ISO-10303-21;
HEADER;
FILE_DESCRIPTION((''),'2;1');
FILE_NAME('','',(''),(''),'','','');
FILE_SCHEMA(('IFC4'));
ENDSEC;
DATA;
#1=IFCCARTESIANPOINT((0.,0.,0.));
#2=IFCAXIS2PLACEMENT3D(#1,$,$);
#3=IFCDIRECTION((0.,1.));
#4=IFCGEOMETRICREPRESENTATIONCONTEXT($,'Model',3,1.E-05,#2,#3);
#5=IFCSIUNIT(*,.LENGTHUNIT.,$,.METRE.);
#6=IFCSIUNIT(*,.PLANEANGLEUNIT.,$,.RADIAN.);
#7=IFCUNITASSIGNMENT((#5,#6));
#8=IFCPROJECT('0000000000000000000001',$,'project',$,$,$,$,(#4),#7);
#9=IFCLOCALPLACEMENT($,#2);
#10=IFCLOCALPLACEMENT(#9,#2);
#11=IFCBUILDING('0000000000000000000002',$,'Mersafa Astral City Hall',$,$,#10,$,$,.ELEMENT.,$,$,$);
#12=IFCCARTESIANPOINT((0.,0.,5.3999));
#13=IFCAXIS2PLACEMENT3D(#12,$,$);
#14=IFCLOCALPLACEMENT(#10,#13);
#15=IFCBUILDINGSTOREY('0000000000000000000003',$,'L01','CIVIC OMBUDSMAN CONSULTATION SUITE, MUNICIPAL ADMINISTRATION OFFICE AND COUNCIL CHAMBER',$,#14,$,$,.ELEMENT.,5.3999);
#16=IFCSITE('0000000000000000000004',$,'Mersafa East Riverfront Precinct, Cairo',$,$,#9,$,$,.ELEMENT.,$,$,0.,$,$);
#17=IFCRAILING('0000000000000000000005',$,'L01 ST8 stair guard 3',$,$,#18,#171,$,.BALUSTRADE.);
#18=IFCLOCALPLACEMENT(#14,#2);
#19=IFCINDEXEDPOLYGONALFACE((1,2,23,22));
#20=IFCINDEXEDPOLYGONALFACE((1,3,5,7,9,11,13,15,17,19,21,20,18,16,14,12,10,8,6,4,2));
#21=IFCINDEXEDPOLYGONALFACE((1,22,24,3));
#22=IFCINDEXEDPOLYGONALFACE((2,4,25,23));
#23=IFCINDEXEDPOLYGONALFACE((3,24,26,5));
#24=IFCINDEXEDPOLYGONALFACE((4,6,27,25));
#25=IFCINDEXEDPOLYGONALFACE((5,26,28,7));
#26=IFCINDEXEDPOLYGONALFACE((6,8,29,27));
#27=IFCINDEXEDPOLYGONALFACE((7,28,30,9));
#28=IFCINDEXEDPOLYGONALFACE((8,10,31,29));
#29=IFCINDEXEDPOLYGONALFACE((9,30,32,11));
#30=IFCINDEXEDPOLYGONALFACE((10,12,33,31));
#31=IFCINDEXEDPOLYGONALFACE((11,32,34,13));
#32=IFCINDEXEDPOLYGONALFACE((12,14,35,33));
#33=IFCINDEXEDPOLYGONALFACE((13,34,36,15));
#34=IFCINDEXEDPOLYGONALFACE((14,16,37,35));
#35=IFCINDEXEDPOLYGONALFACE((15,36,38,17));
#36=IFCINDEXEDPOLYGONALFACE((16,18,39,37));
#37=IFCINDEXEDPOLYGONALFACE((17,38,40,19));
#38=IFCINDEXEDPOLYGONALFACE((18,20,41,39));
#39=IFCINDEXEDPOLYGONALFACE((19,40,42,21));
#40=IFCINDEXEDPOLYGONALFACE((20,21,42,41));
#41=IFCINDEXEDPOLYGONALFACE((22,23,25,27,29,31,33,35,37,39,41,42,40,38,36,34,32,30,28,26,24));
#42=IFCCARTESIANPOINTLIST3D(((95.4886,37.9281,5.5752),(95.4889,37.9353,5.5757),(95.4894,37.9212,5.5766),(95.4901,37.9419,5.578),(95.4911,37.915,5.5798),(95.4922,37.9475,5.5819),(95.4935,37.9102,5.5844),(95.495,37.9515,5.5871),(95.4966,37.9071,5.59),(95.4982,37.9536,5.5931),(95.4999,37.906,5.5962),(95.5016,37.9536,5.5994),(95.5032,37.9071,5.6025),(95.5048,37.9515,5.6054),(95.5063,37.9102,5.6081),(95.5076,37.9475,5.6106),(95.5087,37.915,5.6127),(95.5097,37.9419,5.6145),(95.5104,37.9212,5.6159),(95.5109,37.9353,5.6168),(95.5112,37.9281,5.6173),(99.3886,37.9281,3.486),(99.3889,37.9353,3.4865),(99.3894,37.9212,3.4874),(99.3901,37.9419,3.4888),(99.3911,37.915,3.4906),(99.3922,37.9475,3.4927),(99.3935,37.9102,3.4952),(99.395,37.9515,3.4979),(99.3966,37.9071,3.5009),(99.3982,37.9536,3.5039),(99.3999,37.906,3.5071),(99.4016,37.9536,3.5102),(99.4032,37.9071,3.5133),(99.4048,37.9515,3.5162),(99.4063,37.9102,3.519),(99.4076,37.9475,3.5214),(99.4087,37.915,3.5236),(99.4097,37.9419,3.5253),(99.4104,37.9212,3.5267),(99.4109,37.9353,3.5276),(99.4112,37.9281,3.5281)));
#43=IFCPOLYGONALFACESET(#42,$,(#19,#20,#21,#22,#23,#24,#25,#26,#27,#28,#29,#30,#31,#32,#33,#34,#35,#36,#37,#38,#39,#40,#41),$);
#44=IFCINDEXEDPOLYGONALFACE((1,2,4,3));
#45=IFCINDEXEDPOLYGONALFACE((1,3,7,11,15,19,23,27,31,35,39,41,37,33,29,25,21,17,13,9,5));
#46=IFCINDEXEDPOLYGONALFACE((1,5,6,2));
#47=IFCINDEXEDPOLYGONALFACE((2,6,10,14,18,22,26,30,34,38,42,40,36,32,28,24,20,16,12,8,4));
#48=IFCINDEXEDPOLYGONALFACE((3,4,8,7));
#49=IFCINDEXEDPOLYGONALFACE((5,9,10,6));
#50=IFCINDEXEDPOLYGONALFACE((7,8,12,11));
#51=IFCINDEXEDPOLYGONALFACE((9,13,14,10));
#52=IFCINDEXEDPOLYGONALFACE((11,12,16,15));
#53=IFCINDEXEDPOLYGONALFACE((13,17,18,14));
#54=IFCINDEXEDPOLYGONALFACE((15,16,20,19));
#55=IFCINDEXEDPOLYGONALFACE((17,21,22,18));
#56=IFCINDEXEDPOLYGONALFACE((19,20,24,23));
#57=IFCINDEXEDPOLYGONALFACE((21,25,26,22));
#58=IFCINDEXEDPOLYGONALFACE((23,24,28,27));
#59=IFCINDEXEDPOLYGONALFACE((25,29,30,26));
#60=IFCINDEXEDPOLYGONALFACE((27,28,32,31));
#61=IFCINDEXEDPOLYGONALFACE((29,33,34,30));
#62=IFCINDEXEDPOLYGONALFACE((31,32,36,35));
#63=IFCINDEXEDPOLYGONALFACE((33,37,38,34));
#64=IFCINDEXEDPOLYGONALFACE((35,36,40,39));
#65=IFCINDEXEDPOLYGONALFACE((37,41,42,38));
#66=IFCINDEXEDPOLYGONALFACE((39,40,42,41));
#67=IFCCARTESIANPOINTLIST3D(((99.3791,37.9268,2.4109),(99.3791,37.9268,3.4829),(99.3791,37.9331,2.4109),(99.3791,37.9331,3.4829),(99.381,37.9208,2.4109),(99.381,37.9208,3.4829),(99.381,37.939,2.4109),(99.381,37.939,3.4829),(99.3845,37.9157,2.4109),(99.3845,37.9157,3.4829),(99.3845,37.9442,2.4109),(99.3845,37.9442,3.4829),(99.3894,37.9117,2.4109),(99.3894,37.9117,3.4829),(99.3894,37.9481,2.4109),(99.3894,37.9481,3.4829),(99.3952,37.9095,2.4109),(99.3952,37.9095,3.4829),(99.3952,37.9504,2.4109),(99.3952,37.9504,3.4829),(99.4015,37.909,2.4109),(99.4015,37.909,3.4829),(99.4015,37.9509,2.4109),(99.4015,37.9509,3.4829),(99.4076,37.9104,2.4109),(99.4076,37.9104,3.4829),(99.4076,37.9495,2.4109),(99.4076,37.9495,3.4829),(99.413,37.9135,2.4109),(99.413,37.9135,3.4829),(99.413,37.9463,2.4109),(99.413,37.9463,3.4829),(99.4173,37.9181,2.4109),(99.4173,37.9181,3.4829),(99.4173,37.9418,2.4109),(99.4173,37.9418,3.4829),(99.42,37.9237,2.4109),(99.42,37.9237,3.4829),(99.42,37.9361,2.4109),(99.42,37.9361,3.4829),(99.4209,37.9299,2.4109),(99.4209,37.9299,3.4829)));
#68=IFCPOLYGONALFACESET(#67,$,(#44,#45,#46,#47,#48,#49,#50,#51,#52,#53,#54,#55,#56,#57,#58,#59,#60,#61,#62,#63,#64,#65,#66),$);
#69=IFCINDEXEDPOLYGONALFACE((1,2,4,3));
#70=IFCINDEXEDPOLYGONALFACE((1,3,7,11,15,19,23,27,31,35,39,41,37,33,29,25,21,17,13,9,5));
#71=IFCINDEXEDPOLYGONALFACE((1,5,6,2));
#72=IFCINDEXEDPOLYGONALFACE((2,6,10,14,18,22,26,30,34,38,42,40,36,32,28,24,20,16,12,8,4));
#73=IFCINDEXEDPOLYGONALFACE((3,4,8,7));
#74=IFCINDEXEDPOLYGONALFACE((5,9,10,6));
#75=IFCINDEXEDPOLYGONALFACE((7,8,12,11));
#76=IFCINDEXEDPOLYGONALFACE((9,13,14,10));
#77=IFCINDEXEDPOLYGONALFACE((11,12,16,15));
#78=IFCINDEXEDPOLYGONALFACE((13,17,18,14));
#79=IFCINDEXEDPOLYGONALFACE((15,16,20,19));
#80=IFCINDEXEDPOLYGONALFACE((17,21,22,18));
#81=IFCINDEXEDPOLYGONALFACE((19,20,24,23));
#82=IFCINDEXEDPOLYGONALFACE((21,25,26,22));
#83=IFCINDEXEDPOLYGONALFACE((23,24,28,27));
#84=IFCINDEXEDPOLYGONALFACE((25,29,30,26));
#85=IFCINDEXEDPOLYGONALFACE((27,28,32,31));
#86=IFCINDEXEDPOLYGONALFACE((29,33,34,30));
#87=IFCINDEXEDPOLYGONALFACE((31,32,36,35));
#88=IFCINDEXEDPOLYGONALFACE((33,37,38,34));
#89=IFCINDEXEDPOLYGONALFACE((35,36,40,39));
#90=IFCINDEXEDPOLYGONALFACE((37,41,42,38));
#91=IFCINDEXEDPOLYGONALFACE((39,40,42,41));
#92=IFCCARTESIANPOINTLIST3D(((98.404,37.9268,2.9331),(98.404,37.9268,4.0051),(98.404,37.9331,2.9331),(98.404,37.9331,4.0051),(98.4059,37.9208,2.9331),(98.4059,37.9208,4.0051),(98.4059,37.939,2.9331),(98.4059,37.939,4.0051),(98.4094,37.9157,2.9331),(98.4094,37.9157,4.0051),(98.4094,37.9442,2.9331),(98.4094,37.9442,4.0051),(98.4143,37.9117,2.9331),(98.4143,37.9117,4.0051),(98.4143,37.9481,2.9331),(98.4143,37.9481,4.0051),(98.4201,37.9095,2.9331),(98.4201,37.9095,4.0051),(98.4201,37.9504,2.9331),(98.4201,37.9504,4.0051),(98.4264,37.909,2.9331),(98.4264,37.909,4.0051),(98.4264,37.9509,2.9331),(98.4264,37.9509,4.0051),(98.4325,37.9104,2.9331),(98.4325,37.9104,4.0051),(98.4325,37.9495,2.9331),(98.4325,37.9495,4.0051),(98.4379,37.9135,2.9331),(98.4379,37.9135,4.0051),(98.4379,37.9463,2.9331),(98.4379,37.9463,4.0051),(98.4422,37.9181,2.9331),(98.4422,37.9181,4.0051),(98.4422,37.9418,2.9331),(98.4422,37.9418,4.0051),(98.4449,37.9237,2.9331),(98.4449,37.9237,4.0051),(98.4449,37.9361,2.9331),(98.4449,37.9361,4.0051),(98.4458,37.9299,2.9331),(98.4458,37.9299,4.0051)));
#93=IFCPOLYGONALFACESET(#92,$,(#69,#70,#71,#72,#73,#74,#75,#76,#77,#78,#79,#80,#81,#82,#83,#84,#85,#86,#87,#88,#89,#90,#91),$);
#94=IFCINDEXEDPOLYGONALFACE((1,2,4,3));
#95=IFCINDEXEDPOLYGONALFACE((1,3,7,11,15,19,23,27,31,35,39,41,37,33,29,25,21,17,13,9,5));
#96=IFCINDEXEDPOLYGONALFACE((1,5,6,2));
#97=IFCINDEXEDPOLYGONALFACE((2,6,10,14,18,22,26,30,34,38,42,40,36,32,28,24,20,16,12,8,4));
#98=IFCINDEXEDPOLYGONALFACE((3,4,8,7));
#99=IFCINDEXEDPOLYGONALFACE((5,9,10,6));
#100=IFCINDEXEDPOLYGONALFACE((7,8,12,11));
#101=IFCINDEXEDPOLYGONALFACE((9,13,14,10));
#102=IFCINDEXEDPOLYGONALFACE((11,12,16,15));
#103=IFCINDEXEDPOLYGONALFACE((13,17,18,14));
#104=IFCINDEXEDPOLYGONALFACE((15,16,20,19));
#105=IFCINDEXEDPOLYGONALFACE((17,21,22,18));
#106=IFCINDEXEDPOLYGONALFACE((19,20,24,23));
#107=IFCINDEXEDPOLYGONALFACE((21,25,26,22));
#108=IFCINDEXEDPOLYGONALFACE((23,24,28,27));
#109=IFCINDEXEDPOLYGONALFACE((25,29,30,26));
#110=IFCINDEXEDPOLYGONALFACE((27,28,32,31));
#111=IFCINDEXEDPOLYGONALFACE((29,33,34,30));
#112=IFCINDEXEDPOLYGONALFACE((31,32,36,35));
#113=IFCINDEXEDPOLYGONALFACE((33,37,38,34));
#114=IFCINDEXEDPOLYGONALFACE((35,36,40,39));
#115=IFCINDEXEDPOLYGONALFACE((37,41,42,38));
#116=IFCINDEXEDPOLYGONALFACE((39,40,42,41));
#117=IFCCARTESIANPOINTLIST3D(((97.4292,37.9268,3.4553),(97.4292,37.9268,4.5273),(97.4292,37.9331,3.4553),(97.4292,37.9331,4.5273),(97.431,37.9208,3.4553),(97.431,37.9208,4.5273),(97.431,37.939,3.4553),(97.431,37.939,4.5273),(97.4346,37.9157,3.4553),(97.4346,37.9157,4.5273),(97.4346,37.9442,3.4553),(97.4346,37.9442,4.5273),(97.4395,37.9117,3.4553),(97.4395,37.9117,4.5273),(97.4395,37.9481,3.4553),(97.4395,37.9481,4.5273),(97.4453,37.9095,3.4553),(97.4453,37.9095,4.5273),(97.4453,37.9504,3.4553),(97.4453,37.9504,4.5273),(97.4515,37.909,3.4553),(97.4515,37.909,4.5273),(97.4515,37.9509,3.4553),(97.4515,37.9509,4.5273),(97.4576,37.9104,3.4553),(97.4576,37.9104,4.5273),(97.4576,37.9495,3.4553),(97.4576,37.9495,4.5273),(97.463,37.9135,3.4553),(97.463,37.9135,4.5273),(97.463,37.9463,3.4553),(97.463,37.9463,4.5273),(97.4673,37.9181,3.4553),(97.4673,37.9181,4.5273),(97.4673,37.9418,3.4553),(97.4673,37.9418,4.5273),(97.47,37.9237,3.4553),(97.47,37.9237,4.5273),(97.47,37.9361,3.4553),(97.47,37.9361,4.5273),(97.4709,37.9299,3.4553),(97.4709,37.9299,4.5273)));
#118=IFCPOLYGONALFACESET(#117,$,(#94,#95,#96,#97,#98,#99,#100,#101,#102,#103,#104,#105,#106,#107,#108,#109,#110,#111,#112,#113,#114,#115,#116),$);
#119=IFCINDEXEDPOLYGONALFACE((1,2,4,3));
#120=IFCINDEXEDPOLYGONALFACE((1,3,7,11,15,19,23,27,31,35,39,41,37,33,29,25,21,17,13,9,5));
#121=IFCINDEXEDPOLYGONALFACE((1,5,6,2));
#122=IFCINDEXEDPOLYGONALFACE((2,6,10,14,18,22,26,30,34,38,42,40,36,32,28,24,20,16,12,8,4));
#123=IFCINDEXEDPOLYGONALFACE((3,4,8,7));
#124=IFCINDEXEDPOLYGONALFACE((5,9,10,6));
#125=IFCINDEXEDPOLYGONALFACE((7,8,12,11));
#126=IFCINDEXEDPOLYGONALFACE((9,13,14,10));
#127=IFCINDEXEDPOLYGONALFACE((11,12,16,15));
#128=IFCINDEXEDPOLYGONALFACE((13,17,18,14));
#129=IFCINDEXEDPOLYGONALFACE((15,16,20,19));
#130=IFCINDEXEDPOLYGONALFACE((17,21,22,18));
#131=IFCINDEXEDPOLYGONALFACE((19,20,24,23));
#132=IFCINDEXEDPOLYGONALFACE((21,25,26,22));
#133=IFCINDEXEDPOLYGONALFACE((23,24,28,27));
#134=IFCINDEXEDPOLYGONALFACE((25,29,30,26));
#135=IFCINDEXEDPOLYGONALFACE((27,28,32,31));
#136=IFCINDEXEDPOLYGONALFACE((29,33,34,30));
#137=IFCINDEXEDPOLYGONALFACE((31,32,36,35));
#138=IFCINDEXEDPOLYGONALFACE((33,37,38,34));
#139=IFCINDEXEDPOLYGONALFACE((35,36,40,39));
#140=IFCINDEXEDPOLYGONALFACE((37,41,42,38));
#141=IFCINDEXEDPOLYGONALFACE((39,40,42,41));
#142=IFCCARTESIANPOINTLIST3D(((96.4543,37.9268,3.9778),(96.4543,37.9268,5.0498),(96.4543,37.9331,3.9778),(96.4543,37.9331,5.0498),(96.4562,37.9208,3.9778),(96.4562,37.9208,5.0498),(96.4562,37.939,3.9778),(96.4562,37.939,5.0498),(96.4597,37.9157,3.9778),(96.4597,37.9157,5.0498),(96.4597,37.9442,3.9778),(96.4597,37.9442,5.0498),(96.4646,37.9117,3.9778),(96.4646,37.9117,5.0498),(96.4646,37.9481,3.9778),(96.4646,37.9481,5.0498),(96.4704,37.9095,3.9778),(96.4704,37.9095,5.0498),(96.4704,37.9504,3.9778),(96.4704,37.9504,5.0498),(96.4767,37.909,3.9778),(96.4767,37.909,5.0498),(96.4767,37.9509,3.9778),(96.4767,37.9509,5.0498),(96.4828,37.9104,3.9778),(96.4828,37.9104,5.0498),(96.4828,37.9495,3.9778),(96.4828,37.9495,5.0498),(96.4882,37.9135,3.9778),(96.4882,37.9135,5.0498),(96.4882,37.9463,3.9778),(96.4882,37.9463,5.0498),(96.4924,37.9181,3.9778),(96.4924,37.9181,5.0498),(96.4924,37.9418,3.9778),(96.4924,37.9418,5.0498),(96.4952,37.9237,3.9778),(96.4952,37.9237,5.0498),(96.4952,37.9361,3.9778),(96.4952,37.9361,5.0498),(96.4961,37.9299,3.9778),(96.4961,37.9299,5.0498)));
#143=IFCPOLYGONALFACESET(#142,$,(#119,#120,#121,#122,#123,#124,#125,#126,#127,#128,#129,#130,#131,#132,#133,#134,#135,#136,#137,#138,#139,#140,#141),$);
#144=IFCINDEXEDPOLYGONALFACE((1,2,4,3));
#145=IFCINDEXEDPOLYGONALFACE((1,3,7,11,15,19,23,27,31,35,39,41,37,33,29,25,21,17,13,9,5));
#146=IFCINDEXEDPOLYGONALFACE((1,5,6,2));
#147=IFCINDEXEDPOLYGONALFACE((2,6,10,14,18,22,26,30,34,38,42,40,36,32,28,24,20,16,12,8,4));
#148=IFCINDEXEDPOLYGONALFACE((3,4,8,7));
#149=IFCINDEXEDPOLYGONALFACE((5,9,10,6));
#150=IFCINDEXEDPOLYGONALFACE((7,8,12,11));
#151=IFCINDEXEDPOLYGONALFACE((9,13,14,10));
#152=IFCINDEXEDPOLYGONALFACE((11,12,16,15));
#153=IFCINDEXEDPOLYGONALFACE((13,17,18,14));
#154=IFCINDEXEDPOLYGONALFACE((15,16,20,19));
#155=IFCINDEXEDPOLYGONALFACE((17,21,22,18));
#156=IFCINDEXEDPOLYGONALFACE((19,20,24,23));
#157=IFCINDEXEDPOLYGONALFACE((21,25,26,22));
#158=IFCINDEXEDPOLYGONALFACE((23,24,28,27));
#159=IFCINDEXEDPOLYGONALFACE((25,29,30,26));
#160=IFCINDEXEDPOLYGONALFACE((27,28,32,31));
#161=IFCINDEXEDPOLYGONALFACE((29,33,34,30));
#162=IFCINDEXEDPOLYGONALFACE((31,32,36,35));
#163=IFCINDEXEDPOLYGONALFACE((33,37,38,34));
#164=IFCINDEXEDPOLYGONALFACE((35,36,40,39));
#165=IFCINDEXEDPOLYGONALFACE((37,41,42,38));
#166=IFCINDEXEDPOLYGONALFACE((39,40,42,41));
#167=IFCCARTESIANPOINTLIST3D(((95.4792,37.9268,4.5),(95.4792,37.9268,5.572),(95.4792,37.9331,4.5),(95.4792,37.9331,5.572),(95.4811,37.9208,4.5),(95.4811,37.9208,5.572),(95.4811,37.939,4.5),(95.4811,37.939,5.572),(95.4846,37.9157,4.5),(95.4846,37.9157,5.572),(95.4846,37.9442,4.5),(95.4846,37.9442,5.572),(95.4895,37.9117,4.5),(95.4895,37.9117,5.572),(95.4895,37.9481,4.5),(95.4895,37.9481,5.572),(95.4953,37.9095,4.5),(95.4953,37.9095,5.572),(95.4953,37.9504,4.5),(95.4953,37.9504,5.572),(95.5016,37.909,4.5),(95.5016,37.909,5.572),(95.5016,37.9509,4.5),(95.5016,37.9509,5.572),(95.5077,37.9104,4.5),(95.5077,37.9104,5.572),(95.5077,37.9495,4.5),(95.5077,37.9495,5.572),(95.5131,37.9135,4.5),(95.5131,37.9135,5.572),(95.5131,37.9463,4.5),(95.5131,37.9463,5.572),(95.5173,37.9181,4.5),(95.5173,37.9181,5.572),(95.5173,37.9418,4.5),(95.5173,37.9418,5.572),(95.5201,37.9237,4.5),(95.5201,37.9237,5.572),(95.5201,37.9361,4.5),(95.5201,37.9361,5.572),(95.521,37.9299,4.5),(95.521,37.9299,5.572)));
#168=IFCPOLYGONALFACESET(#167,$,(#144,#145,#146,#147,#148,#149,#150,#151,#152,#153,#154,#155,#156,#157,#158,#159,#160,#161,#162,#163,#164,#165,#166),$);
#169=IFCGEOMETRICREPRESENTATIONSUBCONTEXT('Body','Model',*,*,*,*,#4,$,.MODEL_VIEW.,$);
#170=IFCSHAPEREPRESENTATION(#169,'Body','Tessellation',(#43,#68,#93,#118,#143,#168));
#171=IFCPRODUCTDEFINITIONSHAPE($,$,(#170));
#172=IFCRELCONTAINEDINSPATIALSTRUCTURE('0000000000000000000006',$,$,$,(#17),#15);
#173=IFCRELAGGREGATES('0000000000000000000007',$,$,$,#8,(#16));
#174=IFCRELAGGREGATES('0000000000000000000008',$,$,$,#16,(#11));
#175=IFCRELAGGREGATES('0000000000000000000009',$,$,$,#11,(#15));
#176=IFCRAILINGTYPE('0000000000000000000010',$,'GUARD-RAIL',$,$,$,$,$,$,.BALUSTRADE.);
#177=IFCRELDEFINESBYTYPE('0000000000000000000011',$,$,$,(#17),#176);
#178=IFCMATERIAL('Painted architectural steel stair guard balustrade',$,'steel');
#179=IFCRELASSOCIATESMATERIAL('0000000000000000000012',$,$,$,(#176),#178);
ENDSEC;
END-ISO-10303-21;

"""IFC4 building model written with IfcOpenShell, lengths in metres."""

from ifc_helpers import new_model, si_unit, direction, frame, origin, origin_2d, place, context, subcontext, project, spatial, circle, extrude, material, type_object, element, save


model = new_model("IFC4")

# Units and contexts
model_context = context("Model", 3, precision=1e-05, world=origin(), true_north=direction((0.0, 1.0)))
body_context = subcontext(model_context, "Body", "Model", "MODEL_VIEW")
ifc_project = project(units=[si_unit("LENGTHUNIT", "METRE"), si_unit("PLANEANGLEUNIT", "RADIAN")], contexts=[model_context])

# Site, building, storey
site_placement = place(None, origin())
site = spatial("IfcSite", under=ifc_project, at=site_placement, Name="Mersafa East Riverfront Precinct, Cairo", CompositionType="ELEMENT", RefElevation=0.0)
building_placement = place(site_placement, origin())
building = spatial("IfcBuilding", under=site, at=building_placement, Name="Mersafa Astral City Hall", CompositionType="ELEMENT")
storey_placement = place(building_placement, frame((0.0, 0.0, 5.3999)))
storey = spatial("IfcBuildingStorey", under=building, at=storey_placement, Name="L01", Description="CIVIC OMBUDSMAN CONSULTATION SUITE, MUNICIPAL ADMINISTRATION OFFICE AND COUNCIL CHAMBER", CompositionType="ELEMENT", Elevation=5.3999)

# Railing
ifc_material_1 = material(Name="Painted architectural steel stair guard balustrade", Category="steel")
railing_type_1 = type_object("IfcRailingType", Name="GUARD-RAIL", PredefinedType="BALUSTRADE", material=ifc_material_1)
railing_1_placement = place(storey_placement, frame((99.3999, 37.9299, 2.4109)))
element("IfcRailing", 1, at=railing_1_placement, inside=storey, type_object=railing_type_1, Name="L01 ST8 stair guard 3", PredefinedType="BALUSTRADE", context=body_context, shape_type="SweptSolid", body=[
    extrude(circle(Radius=0.0239, at=origin_2d()), frame((0.0, 0.0, 1.0962), z_axis=(-0.881491, 0.0, 0.4722), x_axis=(0.0, -1.0, 0.0)), (0.0, 0.0, 1.0), 4.4243),
    extrude(circle(Radius=0.021, at=origin_2d()), origin(), (0.0, 0.0, 1.0), 1.072),
    extrude(circle(Radius=0.021, at=origin_2d()), frame((-0.9751, 0.0, 0.5222)), (0.0, 0.0, 1.0), 1.072),
    extrude(circle(Radius=0.021, at=origin_2d()), frame((-1.95, 0.0, 1.0444)), (0.0, 0.0, 1.0), 1.072),
    extrude(circle(Radius=0.021, at=origin_2d()), frame((-2.9248, 0.0, 1.5669)), (0.0, 0.0, 1.0), 1.072),
    extrude(circle(Radius=0.021, at=origin_2d()), frame((-3.8999, 0.0, 2.0891)), (0.0, 0.0, 1.0), 1.072),
])

save(model, "model.ifc")
